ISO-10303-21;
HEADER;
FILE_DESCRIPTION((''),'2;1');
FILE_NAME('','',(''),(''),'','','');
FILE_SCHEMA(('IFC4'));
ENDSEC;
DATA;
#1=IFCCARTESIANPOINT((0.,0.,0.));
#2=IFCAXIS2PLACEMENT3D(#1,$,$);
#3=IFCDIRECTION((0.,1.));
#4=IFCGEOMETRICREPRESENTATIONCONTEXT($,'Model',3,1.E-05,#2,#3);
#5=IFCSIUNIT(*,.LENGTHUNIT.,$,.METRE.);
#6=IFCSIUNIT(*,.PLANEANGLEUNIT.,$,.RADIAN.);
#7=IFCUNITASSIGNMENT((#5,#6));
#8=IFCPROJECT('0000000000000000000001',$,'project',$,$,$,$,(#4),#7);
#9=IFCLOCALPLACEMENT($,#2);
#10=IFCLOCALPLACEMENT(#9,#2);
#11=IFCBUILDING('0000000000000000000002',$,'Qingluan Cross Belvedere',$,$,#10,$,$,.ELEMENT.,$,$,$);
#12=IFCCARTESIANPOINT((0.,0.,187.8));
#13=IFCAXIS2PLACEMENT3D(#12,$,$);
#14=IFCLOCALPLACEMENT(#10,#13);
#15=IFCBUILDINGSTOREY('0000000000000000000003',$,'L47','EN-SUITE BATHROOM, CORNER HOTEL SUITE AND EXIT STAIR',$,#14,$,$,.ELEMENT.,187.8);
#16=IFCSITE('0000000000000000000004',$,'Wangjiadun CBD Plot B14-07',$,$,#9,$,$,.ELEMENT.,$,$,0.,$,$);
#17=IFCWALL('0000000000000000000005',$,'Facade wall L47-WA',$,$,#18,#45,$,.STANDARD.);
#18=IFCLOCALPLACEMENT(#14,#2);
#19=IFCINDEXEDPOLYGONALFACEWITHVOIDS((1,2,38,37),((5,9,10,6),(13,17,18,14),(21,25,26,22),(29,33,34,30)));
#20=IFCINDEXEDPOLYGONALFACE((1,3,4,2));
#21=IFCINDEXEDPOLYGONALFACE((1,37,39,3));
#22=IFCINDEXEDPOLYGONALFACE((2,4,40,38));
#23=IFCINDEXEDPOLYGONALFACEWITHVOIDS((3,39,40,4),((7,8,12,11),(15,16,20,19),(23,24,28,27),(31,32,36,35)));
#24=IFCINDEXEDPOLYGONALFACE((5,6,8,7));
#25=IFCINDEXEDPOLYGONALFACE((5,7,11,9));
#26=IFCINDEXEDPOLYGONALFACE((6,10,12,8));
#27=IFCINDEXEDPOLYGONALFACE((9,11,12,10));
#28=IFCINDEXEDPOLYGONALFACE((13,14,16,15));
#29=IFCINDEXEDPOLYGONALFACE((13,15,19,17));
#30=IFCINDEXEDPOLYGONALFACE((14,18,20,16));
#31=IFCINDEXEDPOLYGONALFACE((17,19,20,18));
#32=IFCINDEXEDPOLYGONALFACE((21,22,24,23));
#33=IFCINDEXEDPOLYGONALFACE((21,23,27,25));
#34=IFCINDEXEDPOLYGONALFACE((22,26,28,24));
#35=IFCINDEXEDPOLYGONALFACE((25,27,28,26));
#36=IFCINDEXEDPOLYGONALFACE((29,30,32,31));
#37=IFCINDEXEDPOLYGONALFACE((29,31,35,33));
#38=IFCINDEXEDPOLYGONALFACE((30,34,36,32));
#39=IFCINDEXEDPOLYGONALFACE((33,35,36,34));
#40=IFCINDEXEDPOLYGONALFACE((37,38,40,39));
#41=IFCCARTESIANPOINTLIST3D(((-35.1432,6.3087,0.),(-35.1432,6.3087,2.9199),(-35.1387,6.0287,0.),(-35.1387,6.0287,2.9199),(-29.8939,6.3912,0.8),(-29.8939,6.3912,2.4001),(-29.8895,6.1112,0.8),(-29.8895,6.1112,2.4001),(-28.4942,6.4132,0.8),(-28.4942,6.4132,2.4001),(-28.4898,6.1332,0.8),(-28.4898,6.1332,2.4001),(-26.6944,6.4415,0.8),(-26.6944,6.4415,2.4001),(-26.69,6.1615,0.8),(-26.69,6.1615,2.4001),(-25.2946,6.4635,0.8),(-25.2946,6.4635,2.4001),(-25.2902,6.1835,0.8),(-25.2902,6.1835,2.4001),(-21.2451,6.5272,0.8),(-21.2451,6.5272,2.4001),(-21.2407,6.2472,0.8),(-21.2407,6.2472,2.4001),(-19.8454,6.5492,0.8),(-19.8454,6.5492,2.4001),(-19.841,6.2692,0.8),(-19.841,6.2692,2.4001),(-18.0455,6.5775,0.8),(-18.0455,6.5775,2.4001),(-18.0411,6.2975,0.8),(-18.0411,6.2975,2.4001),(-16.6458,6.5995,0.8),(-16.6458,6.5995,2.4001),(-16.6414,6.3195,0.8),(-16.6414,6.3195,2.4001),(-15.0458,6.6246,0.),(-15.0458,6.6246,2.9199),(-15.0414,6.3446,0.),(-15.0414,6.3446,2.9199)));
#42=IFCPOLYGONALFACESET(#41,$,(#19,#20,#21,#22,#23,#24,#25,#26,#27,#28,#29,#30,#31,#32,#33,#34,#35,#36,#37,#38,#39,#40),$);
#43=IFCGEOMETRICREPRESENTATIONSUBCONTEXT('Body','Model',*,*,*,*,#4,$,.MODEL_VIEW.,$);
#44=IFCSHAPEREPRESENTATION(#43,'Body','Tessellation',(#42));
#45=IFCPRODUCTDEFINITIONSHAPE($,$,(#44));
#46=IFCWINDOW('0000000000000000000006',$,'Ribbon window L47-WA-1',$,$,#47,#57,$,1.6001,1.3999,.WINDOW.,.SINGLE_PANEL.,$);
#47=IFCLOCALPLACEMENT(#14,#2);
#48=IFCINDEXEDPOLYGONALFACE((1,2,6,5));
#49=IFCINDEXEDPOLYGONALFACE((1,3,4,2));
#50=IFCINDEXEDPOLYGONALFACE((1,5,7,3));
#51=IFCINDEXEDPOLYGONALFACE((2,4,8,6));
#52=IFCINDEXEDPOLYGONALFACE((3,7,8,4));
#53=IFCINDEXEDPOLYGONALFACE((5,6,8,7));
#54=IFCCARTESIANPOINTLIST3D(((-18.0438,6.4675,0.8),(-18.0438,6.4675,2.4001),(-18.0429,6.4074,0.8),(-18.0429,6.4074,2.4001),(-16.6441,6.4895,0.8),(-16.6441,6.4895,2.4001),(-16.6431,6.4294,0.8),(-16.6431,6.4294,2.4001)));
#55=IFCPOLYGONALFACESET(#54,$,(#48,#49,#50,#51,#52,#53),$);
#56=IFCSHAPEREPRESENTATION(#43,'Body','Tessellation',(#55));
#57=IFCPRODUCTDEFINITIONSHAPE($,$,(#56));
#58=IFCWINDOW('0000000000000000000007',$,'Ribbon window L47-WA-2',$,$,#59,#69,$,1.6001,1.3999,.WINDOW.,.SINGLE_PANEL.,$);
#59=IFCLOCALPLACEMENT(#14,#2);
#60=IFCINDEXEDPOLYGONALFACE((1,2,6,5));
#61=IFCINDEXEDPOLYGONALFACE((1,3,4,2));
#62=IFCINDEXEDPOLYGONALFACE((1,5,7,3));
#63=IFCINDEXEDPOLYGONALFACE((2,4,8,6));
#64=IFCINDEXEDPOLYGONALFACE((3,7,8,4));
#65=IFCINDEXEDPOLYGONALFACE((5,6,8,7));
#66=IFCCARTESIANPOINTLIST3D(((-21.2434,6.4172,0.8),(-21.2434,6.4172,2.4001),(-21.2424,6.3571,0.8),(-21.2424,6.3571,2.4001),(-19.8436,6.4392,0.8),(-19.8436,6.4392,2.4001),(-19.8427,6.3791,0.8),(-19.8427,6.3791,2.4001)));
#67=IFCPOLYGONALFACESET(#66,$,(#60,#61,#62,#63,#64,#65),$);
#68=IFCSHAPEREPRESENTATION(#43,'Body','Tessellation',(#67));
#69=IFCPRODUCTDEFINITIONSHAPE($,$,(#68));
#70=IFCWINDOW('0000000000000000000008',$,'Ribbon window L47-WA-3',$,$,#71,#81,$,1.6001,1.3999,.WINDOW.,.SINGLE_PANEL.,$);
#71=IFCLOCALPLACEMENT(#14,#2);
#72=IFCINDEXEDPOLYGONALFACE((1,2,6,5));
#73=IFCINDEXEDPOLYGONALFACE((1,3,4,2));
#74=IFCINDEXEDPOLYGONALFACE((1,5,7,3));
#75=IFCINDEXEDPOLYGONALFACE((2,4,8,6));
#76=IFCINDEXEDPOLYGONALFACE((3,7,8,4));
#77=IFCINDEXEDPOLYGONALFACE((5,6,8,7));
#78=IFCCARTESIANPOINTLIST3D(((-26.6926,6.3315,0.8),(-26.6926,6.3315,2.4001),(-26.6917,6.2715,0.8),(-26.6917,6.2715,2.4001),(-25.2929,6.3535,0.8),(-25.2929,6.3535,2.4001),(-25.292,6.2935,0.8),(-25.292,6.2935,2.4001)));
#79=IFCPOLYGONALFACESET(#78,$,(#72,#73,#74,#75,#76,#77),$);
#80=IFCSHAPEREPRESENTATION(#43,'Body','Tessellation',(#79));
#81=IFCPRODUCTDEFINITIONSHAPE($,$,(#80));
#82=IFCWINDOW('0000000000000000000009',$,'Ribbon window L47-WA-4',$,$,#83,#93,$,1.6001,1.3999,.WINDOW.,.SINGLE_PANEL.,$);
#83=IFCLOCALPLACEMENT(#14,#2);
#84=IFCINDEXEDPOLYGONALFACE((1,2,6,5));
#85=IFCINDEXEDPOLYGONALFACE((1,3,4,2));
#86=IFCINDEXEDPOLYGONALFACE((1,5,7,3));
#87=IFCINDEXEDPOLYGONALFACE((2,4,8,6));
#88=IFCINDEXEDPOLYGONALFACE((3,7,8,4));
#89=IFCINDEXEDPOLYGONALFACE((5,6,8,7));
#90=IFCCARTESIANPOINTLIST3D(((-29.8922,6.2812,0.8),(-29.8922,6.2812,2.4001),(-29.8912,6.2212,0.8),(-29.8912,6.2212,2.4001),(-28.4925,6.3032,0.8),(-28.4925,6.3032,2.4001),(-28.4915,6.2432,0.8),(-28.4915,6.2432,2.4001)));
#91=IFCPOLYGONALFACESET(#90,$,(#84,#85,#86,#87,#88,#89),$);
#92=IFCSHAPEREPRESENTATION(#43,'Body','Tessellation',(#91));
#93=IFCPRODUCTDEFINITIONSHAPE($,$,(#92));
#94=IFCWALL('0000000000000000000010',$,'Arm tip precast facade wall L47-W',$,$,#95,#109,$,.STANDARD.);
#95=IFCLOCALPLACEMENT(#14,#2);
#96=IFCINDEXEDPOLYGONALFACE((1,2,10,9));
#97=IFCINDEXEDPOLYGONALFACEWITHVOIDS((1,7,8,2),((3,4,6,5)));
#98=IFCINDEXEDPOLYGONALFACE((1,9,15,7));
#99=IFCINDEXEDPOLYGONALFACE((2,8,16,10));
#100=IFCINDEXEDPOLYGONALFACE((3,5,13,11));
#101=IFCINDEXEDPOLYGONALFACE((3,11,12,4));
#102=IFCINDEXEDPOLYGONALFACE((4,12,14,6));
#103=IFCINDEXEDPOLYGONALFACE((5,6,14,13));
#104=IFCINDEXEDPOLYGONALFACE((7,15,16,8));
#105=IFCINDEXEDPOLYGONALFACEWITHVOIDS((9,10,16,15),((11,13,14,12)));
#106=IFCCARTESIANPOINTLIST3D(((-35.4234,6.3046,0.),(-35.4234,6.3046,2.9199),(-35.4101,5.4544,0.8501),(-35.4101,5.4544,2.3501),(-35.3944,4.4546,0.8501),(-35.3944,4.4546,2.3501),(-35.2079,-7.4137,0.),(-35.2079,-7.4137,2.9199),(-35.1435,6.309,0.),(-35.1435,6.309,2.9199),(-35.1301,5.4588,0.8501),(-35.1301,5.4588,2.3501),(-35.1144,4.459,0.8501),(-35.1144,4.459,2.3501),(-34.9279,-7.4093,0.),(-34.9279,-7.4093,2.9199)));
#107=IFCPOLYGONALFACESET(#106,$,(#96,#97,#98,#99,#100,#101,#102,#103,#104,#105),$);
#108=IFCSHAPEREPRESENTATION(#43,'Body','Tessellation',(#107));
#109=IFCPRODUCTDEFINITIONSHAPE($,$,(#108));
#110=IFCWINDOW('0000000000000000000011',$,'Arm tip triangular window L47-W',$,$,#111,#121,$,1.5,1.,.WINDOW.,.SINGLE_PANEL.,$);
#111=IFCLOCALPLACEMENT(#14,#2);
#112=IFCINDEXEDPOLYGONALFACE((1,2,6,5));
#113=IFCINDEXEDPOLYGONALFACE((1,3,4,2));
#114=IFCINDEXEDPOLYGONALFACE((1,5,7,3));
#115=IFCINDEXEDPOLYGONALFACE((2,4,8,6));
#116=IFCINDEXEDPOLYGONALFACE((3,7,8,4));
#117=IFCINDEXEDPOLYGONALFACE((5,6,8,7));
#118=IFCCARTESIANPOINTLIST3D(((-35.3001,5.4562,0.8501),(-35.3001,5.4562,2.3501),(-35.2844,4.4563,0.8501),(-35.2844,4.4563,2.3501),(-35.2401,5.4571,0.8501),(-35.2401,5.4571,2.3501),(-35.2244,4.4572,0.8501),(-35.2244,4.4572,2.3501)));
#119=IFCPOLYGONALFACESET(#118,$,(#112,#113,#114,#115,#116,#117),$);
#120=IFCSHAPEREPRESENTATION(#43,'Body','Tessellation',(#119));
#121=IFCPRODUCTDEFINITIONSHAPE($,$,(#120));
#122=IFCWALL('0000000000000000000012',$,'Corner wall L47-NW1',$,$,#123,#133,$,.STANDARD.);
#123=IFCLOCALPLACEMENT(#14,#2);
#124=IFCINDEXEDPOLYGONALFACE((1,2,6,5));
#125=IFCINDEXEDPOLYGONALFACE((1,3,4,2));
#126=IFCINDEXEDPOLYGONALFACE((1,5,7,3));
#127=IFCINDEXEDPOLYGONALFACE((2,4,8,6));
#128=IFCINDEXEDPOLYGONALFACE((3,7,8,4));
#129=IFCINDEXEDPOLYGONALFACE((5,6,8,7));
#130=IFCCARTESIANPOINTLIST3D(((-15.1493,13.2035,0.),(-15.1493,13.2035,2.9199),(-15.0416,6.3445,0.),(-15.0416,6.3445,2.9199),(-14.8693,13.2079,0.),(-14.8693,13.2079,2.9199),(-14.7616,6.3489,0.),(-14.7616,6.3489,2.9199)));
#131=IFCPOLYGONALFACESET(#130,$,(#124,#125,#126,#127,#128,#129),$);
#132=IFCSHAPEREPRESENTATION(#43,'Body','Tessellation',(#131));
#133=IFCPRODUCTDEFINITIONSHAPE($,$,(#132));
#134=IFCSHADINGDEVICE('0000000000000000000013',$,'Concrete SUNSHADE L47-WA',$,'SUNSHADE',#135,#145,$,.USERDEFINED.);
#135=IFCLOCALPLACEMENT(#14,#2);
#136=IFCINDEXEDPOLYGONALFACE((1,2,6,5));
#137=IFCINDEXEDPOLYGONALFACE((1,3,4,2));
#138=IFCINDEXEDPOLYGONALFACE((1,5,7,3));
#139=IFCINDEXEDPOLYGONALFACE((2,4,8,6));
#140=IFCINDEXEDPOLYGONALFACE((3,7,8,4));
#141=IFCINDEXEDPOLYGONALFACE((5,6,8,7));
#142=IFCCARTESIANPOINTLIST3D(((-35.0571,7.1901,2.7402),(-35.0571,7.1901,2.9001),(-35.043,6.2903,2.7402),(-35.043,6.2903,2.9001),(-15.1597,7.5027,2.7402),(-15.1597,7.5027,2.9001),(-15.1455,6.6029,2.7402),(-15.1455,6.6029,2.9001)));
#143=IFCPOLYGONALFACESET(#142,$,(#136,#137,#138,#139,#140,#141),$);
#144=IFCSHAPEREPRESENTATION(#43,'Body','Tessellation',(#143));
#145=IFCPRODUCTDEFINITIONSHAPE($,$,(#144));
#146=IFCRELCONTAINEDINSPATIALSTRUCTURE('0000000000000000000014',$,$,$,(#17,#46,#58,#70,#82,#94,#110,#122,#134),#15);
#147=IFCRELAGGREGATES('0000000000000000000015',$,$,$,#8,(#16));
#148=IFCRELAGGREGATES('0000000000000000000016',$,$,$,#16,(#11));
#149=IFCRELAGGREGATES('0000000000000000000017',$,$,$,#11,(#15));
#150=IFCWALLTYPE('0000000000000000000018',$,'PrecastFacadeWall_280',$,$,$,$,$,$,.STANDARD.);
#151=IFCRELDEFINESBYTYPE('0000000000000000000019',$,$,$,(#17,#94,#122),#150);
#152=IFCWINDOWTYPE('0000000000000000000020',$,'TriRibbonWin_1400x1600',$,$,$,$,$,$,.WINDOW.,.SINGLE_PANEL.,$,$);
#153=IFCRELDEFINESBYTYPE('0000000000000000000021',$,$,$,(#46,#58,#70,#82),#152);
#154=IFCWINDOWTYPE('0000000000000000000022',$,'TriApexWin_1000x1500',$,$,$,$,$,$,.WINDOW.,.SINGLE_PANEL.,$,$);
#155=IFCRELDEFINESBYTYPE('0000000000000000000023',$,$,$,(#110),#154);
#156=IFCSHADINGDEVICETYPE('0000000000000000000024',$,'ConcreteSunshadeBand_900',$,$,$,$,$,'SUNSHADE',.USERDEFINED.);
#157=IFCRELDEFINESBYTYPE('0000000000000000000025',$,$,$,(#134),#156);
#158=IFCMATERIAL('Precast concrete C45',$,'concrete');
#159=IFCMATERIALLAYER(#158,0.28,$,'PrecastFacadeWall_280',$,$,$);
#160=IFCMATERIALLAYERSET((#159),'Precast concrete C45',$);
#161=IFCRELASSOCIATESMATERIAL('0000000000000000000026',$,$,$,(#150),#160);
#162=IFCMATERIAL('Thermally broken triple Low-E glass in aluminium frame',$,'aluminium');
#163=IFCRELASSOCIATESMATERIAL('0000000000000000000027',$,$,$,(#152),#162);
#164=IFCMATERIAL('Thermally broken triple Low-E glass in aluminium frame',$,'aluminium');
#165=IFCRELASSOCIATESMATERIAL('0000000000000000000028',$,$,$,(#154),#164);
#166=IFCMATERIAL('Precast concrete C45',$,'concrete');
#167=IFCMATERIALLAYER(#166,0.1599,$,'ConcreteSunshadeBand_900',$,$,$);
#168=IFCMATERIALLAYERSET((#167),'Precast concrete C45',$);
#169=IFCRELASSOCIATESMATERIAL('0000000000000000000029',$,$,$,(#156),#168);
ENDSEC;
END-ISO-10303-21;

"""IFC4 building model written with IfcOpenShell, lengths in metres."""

from ifc_helpers import new_model, si_unit, direction, frame, frame_2d, origin, origin_2d, place, context, subcontext, project, spatial, rectangle, extrude, material, layer, layer_set, type_object, element, fill, save


model = new_model("IFC4")

# Units and contexts
model_context = context("Model", 3, precision=1e-05, world=origin(), true_north=direction((0.0, 1.0)))
body_context = subcontext(model_context, "Body", "Model", "MODEL_VIEW")
ifc_project = project(units=[si_unit("LENGTHUNIT", "METRE"), si_unit("PLANEANGLEUNIT", "RADIAN")], contexts=[model_context])

# Site, building, storey
site_placement = place(None, origin())
site = spatial("IfcSite", under=ifc_project, at=site_placement, Name="Wangjiadun CBD Plot B14-07", CompositionType="ELEMENT", RefElevation=0.0)
building_placement = place(site_placement, origin())
building = spatial("IfcBuilding", under=site, at=building_placement, Name="Qingluan Cross Belvedere", CompositionType="ELEMENT")
storey_placement = place(building_placement, frame((0.0, 0.0, 187.8)))
storey = spatial("IfcBuildingStorey", under=building, at=storey_placement, Name="L47", Description="EN-SUITE BATHROOM, CORNER HOTEL SUITE AND EXIT STAIR", CompositionType="ELEMENT", Elevation=187.8)

# Wall, openings, windows
ifc_material_1 = material(Name="Precast concrete C45", Category="concrete")
ifc_layer_1 = layer(ifc_material_1, 0.28, Name="PrecastFacadeWall_280")
ifc_layer_set_1 = layer_set([ifc_layer_1], Name="Precast concrete C45")
wall_type_1 = type_object("IfcWallType", Name="PrecastFacadeWall_280", PredefinedType="STANDARD", material=ifc_layer_set_1)
wall_1_placement = place(storey_placement, frame((-15.0437, 6.4846, 0.0), z_axis=(0.0, 0.0, 1.0), x_axis=(-0.999876, -0.015717, 0.0)))
wall_1 = element("IfcWall", 1, at=wall_1_placement, inside=storey, type_object=wall_type_1, Name="Facade wall L47-WA", PredefinedType="STANDARD", context=body_context, shape_type="SweptSolid", body=[
    extrude(rectangle(XDim=20.0999, YDim=0.28, at=frame_2d((10.0498, 0.0))), origin(), (0.0, 0.0, 1.0), 2.9199),
])
opening_1_placement = place(wall_1_placement, frame((1.6001, 0.0, 0.8)))
opening_1 = element("IfcOpeningElement", 2, at=opening_1_placement, cuts=wall_1, PredefinedType="OPENING", context=body_context, shape_type="SweptSolid", body=[
    extrude(rectangle(XDim=1.3999, YDim=1.6001, at=frame_2d((0.7, 0.8))), frame((0.0, 0.1499, 0.0), z_axis=(0.0, -1.0, 0.0), x_axis=(1.0, 0.0, 0.0)), (0.0, 0.0, 1.0), 0.3),
])
opening_2_placement = place(wall_1_placement, frame((4.8, 0.0, 0.8)))
opening_2 = element("IfcOpeningElement", 3, at=opening_2_placement, cuts=wall_1, PredefinedType="OPENING", context=body_context, shape_type="SweptSolid", body=[
    extrude(rectangle(XDim=1.3999, YDim=1.6001, at=frame_2d((0.7, 0.8))), frame((0.0, 0.1499, 0.0), z_axis=(0.0, -1.0, 0.0), x_axis=(1.0, 0.0, 0.0)), (0.0, 0.0, 1.0), 0.3),
])
opening_3_placement = place(wall_1_placement, frame((10.25, 0.0, 0.8)))
opening_3 = element("IfcOpeningElement", 4, at=opening_3_placement, cuts=wall_1, PredefinedType="OPENING", context=body_context, shape_type="SweptSolid", body=[
    extrude(rectangle(XDim=1.3999, YDim=1.6001, at=frame_2d((0.7, 0.8))), frame((0.0, 0.1499, 0.0), z_axis=(0.0, -1.0, 0.0), x_axis=(1.0, 0.0, 0.0)), (0.0, 0.0, 1.0), 0.3),
])
opening_4_placement = place(wall_1_placement, frame((13.45, 0.0, 0.8)))
opening_4 = element("IfcOpeningElement", 5, at=opening_4_placement, cuts=wall_1, PredefinedType="OPENING", context=body_context, shape_type="SweptSolid", body=[
    extrude(rectangle(XDim=1.3999, YDim=1.6001, at=frame_2d((0.7, 0.8))), frame((0.0, 0.1499, 0.0), z_axis=(0.0, -1.0, 0.0), x_axis=(1.0, 0.0, 0.0)), (0.0, 0.0, 1.0), 0.3),
])
ifc_material_2 = material(Name="Thermally broken triple Low-E glass in aluminium frame", Category="aluminium")
window_type_1 = type_object("IfcWindowType", Name="TriRibbonWin_1400x1600", PartitioningType="SINGLE_PANEL", PredefinedType="WINDOW", material=ifc_material_2)
window_1_placement = place(opening_1_placement, origin())
window_1 = element("IfcWindow", 6, at=window_1_placement, inside=storey, type_object=window_type_1, Name="Ribbon window L47-WA-1", OverallHeight=1.6001, OverallWidth=1.3999, PartitioningType="SINGLE_PANEL", PredefinedType="WINDOW", context=body_context, shape_type="SweptSolid", body=[
    extrude(rectangle(XDim=1.3999, YDim=1.6001, at=frame_2d((0.7, 0.8))), frame((0.0, 0.03, 0.0), z_axis=(0.0, -1.0, 0.0), x_axis=(1.0, 0.0, 0.0)), (0.0, 0.0, 1.0), 0.0601),
])
fill(opening_1, window_1)
window_2_placement = place(opening_2_placement, origin())
window_2 = element("IfcWindow", 7, at=window_2_placement, inside=storey, type_object=window_type_1, Name="Ribbon window L47-WA-2", OverallHeight=1.6001, OverallWidth=1.3999, PartitioningType="SINGLE_PANEL", PredefinedType="WINDOW", context=body_context, shape_type="SweptSolid", body=[
    extrude(rectangle(XDim=1.3999, YDim=1.6001, at=frame_2d((0.7, 0.8))), frame((0.0, 0.03, 0.0), z_axis=(0.0, -1.0, 0.0), x_axis=(1.0, 0.0, 0.0)), (0.0, 0.0, 1.0), 0.0601),
])
fill(opening_2, window_2)
window_3_placement = place(opening_3_placement, origin())
window_3 = element("IfcWindow", 8, at=window_3_placement, inside=storey, type_object=window_type_1, Name="Ribbon window L47-WA-3", OverallHeight=1.6001, OverallWidth=1.3999, PartitioningType="SINGLE_PANEL", PredefinedType="WINDOW", context=body_context, shape_type="SweptSolid", body=[
    extrude(rectangle(XDim=1.3999, YDim=1.6001, at=frame_2d((0.7, 0.8))), frame((0.0, 0.03, 0.0), z_axis=(0.0, -1.0, 0.0), x_axis=(1.0, 0.0, 0.0)), (0.0, 0.0, 1.0), 0.0601),
])
fill(opening_3, window_3)
window_4_placement = place(opening_4_placement, origin())
window_4 = element("IfcWindow", 9, at=window_4_placement, inside=storey, type_object=window_type_1, Name="Ribbon window L47-WA-4", OverallHeight=1.6001, OverallWidth=1.3999, PartitioningType="SINGLE_PANEL", PredefinedType="WINDOW", context=body_context, shape_type="SweptSolid", body=[
    extrude(rectangle(XDim=1.3999, YDim=1.6001, at=frame_2d((0.7, 0.8))), frame((0.0, 0.03, 0.0), z_axis=(0.0, -1.0, 0.0), x_axis=(1.0, 0.0, 0.0)), (0.0, 0.0, 1.0), 0.0601),
])
fill(opening_4, window_4)

# Wall, opening, window
wall_2_placement = place(storey_placement, frame((-35.2834, 6.3066, 0.0), z_axis=(0.0, 0.0, 1.0), x_axis=(0.015713, -0.999877, 0.0)))
wall_2 = element("IfcWall", 10, at=wall_2_placement, inside=storey, type_object=wall_type_1, Name="Arm tip precast facade wall L47-W", PredefinedType="STANDARD", context=body_context, shape_type="SweptSolid", body=[
    extrude(rectangle(XDim=13.72, YDim=0.28, at=frame_2d((6.8599, 0.0))), origin(), (0.0, 0.0, 1.0), 2.9199),
])
opening_5_placement = place(wall_2_placement, frame((0.8501, 0.0, 0.8501)))
opening_5 = element("IfcOpeningElement", 11, at=opening_5_placement, cuts=wall_2, PredefinedType="OPENING", context=body_context, shape_type="SweptSolid", body=[
    extrude(rectangle(XDim=1.0, YDim=1.5, at=frame_2d((0.5, 0.75))), frame((0.0, 0.1499, 0.0), z_axis=(0.0, -1.0, 0.0), x_axis=(1.0, 0.0, 0.0)), (0.0, 0.0, 1.0), 0.3),
])
ifc_material_3 = material(Name="Thermally broken triple Low-E glass in aluminium frame", Category="aluminium")
window_type_2 = type_object("IfcWindowType", Name="TriApexWin_1000x1500", PartitioningType="SINGLE_PANEL", PredefinedType="WINDOW", material=ifc_material_3)
window_5_placement = place(opening_5_placement, origin())
window_5 = element("IfcWindow", 12, at=window_5_placement, inside=storey, type_object=window_type_2, Name="Arm tip triangular window L47-W", OverallHeight=1.5, OverallWidth=1.0, PartitioningType="SINGLE_PANEL", PredefinedType="WINDOW", context=body_context, shape_type="SweptSolid", body=[
    extrude(rectangle(XDim=1.0, YDim=1.5, at=frame_2d((0.5, 0.75))), frame((0.0, 0.03, 0.0), z_axis=(0.0, -1.0, 0.0), x_axis=(1.0, 0.0, 0.0)), (0.0, 0.0, 1.0), 0.0601),
])
fill(opening_5, window_5)

# Wall
wall_3_placement = place(storey_placement, frame((-14.9016, 6.3467, 0.0), z_axis=(0.0, 0.0, 1.0), x_axis=(-0.015695, 0.999877, 0.0)))
element("IfcWall", 13, at=wall_3_placement, inside=storey, type_object=wall_type_1, Name="Corner wall L47-NW1", PredefinedType="STANDARD", context=body_context, shape_type="SweptSolid", body=[
    extrude(rectangle(XDim=6.8599, YDim=0.28, at=frame_2d((3.4299, 0.0))), origin(), (0.0, 0.0, 1.0), 2.9199),
])

# Shading device
ifc_material_4 = material(Name="Precast concrete C45", Category="concrete")
ifc_layer_2 = layer(ifc_material_4, 0.1599, Name="ConcreteSunshadeBand_900")
ifc_layer_set_2 = layer_set([ifc_layer_2], Name="Precast concrete C45")
shading_device_type = type_object("IfcShadingDeviceType", Name="ConcreteSunshadeBand_900", ElementType="SUNSHADE", PredefinedType="USERDEFINED", material=ifc_layer_set_2)
shading_device_placement = place(storey_placement, frame((-25.1013, 6.8965, 2.7402), z_axis=(0.0, 0.0, 1.0), x_axis=(-0.999877, -0.015706, 0.0)))
element("IfcShadingDevice", 14, at=shading_device_placement, inside=storey, type_object=shading_device_type, Name="Concrete SUNSHADE L47-WA", ObjectType="SUNSHADE", PredefinedType="USERDEFINED", context=body_context, shape_type="SweptSolid", body=[
    extrude(rectangle(XDim=19.8999, YDim=0.8999, at=origin_2d()), origin(), (0.0, 0.0, 1.0), 0.1599),
])

save(model, "model.ifc")
